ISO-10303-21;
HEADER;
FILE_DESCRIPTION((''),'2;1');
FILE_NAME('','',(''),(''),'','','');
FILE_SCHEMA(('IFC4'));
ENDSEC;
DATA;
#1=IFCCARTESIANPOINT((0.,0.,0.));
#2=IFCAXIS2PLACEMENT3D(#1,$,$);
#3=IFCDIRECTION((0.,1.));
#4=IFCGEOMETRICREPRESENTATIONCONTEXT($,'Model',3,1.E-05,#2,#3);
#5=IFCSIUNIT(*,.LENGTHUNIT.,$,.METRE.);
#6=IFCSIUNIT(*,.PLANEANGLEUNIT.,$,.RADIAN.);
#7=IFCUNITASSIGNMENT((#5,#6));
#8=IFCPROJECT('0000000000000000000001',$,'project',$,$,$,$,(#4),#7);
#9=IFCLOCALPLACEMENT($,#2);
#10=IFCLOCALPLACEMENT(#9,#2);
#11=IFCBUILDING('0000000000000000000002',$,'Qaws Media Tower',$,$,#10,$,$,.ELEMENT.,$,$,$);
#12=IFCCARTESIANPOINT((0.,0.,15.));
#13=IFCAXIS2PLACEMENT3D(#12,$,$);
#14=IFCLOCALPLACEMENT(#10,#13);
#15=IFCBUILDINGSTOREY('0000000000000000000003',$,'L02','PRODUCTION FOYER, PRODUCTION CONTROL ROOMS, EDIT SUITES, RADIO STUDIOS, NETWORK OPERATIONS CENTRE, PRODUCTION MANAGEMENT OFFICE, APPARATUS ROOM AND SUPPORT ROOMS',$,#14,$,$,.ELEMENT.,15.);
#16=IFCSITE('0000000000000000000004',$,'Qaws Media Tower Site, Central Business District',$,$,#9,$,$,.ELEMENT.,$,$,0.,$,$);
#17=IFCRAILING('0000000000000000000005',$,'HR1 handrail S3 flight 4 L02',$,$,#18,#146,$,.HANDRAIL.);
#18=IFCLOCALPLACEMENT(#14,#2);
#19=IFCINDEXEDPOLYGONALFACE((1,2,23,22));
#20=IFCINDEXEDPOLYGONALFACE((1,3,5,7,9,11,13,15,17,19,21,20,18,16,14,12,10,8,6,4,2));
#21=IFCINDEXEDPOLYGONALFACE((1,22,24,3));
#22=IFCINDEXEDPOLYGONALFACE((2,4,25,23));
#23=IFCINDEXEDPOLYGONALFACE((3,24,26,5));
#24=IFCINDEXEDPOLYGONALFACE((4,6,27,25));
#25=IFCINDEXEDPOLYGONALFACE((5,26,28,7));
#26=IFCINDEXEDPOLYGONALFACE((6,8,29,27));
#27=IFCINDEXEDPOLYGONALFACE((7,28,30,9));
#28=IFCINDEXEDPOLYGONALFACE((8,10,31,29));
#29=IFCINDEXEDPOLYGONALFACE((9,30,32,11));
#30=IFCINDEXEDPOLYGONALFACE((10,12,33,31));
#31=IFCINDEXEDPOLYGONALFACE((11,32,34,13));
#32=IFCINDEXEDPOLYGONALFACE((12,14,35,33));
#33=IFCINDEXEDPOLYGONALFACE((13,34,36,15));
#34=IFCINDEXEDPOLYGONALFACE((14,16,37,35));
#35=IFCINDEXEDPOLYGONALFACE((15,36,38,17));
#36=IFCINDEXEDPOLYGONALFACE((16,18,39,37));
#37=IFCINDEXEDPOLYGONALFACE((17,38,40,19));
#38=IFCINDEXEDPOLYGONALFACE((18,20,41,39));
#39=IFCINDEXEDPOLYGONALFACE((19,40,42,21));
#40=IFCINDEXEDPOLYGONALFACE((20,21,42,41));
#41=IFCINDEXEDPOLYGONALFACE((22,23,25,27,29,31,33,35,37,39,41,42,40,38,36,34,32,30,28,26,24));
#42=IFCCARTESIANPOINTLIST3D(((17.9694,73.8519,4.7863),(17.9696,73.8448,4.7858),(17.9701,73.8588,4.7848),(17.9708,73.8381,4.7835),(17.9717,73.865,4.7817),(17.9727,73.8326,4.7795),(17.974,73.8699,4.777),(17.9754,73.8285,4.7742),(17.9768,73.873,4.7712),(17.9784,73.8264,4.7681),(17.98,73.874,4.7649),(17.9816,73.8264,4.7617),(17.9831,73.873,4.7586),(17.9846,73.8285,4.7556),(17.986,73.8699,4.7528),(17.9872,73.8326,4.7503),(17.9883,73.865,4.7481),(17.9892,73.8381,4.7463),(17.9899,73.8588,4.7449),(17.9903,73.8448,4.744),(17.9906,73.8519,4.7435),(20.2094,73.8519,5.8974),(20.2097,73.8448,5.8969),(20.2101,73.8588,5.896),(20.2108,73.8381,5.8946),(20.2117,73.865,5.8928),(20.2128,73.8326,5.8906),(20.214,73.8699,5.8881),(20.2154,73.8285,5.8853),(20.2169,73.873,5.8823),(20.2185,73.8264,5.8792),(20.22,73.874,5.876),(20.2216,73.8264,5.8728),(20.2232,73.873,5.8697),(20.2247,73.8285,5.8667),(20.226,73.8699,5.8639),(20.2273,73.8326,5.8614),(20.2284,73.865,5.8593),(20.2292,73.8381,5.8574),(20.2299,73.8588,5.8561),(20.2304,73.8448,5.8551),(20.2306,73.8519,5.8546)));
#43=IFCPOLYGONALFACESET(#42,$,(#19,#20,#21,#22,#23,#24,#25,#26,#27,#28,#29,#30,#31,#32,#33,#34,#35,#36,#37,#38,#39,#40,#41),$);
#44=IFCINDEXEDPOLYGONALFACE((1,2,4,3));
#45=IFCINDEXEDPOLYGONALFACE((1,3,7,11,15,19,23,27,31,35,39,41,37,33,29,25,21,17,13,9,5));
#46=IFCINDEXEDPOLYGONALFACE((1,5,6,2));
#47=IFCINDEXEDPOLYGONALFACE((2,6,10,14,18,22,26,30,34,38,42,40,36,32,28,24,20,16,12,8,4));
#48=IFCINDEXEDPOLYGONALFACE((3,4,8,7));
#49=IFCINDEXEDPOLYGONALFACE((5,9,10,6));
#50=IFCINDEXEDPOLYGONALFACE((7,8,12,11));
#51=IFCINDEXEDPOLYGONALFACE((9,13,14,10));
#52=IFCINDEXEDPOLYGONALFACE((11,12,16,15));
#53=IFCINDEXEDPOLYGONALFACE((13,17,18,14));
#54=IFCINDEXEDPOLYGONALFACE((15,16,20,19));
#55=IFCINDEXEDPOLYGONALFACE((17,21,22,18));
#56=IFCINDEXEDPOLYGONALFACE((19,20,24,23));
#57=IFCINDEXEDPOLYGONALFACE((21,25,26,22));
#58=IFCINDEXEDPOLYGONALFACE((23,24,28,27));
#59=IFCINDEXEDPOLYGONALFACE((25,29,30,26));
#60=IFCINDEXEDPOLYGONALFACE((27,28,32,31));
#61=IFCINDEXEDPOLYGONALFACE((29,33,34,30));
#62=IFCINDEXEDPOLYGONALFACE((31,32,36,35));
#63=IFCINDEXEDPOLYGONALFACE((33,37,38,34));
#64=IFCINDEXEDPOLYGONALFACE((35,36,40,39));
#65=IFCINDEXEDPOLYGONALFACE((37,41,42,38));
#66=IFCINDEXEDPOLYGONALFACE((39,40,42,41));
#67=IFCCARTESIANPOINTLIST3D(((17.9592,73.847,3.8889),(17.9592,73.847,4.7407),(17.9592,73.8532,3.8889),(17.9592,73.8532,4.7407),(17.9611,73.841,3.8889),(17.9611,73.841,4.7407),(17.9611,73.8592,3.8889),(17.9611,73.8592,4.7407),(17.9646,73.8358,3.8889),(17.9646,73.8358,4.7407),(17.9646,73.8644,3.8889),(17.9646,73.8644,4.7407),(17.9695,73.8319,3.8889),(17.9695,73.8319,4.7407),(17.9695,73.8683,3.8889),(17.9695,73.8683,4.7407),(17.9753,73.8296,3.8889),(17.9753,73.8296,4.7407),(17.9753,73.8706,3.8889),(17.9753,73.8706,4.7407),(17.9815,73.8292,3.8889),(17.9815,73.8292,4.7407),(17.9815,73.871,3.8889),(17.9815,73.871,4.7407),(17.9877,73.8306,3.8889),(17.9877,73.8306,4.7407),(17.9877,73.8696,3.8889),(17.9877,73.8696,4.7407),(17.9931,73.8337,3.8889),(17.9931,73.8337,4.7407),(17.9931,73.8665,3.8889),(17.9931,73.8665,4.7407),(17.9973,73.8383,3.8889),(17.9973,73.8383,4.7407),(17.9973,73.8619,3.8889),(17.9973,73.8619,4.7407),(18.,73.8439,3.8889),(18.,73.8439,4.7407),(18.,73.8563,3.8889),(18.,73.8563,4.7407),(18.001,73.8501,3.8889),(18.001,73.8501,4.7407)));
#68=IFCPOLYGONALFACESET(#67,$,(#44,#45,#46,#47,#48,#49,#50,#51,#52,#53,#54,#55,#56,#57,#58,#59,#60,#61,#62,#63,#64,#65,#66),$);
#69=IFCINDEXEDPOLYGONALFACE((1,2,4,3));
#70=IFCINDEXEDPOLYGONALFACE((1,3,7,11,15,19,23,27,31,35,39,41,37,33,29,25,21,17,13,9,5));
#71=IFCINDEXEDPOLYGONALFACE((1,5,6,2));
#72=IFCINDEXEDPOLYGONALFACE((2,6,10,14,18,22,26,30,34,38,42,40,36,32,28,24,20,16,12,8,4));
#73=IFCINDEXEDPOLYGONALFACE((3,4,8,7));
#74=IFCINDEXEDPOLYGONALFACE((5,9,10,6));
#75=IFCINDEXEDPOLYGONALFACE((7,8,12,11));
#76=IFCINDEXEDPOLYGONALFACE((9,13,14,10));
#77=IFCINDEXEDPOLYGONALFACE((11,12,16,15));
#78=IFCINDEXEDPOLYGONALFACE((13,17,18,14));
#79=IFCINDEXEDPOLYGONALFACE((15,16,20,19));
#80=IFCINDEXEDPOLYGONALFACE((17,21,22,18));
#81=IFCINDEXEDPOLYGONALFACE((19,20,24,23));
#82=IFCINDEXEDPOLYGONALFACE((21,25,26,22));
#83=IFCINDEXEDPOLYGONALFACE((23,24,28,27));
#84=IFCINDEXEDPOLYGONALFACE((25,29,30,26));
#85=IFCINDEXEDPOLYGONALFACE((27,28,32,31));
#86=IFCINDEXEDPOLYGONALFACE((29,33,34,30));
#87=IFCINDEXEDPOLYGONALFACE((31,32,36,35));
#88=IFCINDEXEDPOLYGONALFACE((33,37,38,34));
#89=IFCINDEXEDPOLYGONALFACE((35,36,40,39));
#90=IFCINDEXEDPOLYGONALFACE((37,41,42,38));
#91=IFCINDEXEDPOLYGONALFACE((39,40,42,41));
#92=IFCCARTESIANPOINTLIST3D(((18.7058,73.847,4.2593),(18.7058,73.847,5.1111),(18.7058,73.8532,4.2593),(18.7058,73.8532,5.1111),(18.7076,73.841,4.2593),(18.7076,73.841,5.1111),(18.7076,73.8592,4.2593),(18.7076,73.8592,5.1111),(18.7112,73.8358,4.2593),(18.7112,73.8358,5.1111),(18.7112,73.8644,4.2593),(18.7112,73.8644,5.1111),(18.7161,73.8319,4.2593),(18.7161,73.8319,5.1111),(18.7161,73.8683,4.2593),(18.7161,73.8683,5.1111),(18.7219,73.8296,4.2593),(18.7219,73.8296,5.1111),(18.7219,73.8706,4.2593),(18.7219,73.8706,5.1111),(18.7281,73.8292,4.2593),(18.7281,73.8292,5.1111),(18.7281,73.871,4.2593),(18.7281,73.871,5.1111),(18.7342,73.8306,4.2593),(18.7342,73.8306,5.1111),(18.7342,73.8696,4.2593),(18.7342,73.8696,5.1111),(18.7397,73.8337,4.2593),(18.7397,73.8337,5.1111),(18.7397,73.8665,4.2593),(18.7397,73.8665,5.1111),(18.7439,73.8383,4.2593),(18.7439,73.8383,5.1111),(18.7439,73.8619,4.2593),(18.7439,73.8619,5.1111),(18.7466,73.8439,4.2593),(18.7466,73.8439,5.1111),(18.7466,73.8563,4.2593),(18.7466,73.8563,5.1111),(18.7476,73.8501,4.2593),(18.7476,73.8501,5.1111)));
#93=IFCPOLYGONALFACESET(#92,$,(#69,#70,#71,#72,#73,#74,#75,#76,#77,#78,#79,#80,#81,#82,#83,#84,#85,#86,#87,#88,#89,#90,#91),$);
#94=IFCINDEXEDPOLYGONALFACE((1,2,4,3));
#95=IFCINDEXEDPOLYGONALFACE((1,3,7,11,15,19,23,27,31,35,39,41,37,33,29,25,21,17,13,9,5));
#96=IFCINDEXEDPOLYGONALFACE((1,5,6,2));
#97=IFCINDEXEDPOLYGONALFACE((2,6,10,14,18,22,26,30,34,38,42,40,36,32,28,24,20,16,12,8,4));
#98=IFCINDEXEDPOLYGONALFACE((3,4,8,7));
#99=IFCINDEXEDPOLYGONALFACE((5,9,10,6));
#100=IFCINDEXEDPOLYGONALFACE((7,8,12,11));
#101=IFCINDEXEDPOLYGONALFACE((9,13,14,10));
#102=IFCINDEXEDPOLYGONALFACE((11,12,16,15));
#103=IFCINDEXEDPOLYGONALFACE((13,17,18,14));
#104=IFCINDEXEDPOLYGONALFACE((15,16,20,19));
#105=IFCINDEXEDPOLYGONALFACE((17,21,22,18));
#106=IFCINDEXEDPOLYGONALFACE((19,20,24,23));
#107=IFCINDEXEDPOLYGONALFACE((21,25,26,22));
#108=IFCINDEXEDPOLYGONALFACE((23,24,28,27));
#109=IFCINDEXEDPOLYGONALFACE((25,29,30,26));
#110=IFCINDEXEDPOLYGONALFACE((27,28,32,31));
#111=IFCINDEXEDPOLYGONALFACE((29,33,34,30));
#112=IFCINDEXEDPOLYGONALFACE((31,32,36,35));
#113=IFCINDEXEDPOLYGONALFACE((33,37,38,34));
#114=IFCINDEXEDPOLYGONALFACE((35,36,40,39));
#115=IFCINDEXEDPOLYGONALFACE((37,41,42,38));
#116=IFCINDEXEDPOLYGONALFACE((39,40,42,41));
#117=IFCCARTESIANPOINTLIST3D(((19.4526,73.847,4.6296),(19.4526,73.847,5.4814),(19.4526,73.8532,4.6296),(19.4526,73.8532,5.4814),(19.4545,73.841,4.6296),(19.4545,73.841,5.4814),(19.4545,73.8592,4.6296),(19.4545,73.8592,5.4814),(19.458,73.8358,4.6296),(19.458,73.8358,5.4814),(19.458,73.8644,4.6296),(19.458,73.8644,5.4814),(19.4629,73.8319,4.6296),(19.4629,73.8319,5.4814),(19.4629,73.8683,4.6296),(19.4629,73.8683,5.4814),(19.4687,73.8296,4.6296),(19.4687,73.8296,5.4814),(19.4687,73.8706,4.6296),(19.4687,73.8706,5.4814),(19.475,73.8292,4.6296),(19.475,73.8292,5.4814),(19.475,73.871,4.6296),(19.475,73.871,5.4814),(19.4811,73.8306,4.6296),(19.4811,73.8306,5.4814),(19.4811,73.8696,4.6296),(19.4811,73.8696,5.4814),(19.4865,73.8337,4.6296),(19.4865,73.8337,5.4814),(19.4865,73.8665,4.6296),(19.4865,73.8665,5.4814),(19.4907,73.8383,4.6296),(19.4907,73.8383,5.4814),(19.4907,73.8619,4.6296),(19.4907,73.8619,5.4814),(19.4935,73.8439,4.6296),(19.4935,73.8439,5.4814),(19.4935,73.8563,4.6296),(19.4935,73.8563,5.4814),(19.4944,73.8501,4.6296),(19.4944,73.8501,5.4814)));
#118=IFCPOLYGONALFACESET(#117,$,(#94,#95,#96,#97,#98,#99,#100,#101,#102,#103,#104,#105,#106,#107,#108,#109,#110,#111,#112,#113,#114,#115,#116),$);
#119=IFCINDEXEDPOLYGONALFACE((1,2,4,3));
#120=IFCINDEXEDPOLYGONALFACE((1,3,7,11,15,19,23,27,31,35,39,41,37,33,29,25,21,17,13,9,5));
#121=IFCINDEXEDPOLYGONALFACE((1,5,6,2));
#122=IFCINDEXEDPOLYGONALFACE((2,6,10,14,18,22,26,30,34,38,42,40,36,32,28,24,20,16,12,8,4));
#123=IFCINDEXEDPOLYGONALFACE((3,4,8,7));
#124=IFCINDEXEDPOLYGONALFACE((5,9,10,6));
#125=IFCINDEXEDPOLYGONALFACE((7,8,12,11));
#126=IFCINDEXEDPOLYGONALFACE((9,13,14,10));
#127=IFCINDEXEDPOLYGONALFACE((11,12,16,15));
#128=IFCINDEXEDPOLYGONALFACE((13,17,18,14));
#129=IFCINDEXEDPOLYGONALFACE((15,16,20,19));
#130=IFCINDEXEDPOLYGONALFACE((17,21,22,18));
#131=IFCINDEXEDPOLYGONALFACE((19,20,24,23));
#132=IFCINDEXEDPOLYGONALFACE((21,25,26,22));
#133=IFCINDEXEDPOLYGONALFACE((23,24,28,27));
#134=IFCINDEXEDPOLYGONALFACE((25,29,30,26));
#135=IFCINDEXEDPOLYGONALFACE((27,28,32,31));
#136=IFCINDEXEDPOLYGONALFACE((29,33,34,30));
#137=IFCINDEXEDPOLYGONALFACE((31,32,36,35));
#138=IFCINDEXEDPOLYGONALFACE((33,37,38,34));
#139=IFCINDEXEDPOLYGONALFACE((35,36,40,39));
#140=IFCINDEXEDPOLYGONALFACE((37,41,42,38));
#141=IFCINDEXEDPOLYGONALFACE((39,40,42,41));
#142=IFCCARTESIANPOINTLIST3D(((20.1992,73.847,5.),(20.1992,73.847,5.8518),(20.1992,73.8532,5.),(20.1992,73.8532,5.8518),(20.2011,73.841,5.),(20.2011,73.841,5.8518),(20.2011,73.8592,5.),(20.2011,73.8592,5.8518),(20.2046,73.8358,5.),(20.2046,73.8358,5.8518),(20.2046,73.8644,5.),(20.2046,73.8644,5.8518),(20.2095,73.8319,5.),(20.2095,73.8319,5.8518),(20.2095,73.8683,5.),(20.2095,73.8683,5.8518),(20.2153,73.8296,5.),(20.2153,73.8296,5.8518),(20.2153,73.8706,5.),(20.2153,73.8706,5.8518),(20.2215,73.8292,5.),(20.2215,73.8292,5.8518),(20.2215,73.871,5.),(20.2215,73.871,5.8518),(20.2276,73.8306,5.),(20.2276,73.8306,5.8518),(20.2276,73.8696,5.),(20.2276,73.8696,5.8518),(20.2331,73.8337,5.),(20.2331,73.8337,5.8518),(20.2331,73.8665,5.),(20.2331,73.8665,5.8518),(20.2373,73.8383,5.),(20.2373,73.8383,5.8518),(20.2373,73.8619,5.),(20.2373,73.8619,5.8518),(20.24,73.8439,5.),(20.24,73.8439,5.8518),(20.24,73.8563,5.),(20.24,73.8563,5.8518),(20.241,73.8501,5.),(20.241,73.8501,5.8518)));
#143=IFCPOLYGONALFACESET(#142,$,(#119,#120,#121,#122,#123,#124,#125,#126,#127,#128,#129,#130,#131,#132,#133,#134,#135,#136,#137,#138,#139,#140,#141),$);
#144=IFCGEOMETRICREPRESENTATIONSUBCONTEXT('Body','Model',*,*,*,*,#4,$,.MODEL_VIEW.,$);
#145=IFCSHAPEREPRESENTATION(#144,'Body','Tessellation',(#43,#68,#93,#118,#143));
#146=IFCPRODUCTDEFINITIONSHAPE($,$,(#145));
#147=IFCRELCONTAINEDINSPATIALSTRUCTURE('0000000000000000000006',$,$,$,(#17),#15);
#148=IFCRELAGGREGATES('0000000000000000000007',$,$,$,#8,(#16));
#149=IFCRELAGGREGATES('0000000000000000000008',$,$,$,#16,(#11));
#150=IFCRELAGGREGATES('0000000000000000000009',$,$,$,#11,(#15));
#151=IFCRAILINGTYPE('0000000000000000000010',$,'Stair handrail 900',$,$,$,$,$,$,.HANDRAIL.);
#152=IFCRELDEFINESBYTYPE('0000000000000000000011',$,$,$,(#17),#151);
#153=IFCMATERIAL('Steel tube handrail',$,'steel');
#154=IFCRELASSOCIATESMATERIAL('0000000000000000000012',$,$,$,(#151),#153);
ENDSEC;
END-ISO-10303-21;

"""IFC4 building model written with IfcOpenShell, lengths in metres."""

from ifc_helpers import new_model, si_unit, direction, frame, origin, origin_2d, place, context, subcontext, project, spatial, circle, extrude, material, type_object, element, save


model = new_model("IFC4")

# Units and contexts
model_context = context("Model", 3, precision=1e-05, world=origin(), true_north=direction((0.0, 1.0)))
body_context = subcontext(model_context, "Body", "Model", "MODEL_VIEW")
ifc_project = project(units=[si_unit("LENGTHUNIT", "METRE"), si_unit("PLANEANGLEUNIT", "RADIAN")], contexts=[model_context])

# Site, building, storey
site_placement = place(None, origin())
site = spatial("IfcSite", under=ifc_project, at=site_placement, Name="Qaws Media Tower Site, Central Business District", CompositionType="ELEMENT", RefElevation=0.0)
building_placement = place(site_placement, origin())
building = spatial("IfcBuilding", under=site, at=building_placement, Name="Qaws Media Tower", CompositionType="ELEMENT")
storey_placement = place(building_placement, frame((0.0, 0.0, 15.0)))
storey = spatial("IfcBuildingStorey", under=building, at=storey_placement, Name="L02", Description="PRODUCTION FOYER, PRODUCTION CONTROL ROOMS, EDIT SUITES, RADIO STUDIOS, NETWORK OPERATIONS CENTRE, PRODUCTION MANAGEMENT OFFICE, APPARATUS ROOM AND SUPPORT ROOMS", CompositionType="ELEMENT", Elevation=15.0)

# Railing
ifc_material_1 = material(Name="Steel tube handrail", Category="steel")
railing_type = type_object("IfcRailingType", Name="Stair handrail 900", PredefinedType="HANDRAIL", material=ifc_material_1)
for number, where, name in (
    (1, (17.98, 73.8501, 3.8889), "HR1 handrail S3 flight 4 L02"),
):
    element("IfcRailing", number, at=place(storey_placement, frame(where)), inside=storey, type_object=railing_type, Name=name, PredefinedType="HANDRAIL", context=body_context, shape_type="SweptSolid", body=[
        extrude(circle(Radius=0.0239, at=origin_2d()), frame((0.0, 0.0, 0.876), z_axis=(0.895848, 0.0, 0.44436), x_axis=(0.0, 1.0, 0.0)), (0.0, 0.0, 1.0), 2.5005),
        extrude(circle(Radius=0.021, at=origin_2d()), origin(), (0.0, 0.0, 1.0), 0.8518),
        extrude(circle(Radius=0.021, at=origin_2d()), frame((0.7466, 0.0, 0.3704)), (0.0, 0.0, 1.0), 0.8518),
        extrude(circle(Radius=0.021, at=origin_2d()), frame((1.4934, 0.0, 0.7407)), (0.0, 0.0, 1.0), 0.8518),
        extrude(circle(Radius=0.021, at=origin_2d()), frame((2.24, 0.0, 1.1111)), (0.0, 0.0, 1.0), 0.8518),
    ])

save(model, "model.ifc")
